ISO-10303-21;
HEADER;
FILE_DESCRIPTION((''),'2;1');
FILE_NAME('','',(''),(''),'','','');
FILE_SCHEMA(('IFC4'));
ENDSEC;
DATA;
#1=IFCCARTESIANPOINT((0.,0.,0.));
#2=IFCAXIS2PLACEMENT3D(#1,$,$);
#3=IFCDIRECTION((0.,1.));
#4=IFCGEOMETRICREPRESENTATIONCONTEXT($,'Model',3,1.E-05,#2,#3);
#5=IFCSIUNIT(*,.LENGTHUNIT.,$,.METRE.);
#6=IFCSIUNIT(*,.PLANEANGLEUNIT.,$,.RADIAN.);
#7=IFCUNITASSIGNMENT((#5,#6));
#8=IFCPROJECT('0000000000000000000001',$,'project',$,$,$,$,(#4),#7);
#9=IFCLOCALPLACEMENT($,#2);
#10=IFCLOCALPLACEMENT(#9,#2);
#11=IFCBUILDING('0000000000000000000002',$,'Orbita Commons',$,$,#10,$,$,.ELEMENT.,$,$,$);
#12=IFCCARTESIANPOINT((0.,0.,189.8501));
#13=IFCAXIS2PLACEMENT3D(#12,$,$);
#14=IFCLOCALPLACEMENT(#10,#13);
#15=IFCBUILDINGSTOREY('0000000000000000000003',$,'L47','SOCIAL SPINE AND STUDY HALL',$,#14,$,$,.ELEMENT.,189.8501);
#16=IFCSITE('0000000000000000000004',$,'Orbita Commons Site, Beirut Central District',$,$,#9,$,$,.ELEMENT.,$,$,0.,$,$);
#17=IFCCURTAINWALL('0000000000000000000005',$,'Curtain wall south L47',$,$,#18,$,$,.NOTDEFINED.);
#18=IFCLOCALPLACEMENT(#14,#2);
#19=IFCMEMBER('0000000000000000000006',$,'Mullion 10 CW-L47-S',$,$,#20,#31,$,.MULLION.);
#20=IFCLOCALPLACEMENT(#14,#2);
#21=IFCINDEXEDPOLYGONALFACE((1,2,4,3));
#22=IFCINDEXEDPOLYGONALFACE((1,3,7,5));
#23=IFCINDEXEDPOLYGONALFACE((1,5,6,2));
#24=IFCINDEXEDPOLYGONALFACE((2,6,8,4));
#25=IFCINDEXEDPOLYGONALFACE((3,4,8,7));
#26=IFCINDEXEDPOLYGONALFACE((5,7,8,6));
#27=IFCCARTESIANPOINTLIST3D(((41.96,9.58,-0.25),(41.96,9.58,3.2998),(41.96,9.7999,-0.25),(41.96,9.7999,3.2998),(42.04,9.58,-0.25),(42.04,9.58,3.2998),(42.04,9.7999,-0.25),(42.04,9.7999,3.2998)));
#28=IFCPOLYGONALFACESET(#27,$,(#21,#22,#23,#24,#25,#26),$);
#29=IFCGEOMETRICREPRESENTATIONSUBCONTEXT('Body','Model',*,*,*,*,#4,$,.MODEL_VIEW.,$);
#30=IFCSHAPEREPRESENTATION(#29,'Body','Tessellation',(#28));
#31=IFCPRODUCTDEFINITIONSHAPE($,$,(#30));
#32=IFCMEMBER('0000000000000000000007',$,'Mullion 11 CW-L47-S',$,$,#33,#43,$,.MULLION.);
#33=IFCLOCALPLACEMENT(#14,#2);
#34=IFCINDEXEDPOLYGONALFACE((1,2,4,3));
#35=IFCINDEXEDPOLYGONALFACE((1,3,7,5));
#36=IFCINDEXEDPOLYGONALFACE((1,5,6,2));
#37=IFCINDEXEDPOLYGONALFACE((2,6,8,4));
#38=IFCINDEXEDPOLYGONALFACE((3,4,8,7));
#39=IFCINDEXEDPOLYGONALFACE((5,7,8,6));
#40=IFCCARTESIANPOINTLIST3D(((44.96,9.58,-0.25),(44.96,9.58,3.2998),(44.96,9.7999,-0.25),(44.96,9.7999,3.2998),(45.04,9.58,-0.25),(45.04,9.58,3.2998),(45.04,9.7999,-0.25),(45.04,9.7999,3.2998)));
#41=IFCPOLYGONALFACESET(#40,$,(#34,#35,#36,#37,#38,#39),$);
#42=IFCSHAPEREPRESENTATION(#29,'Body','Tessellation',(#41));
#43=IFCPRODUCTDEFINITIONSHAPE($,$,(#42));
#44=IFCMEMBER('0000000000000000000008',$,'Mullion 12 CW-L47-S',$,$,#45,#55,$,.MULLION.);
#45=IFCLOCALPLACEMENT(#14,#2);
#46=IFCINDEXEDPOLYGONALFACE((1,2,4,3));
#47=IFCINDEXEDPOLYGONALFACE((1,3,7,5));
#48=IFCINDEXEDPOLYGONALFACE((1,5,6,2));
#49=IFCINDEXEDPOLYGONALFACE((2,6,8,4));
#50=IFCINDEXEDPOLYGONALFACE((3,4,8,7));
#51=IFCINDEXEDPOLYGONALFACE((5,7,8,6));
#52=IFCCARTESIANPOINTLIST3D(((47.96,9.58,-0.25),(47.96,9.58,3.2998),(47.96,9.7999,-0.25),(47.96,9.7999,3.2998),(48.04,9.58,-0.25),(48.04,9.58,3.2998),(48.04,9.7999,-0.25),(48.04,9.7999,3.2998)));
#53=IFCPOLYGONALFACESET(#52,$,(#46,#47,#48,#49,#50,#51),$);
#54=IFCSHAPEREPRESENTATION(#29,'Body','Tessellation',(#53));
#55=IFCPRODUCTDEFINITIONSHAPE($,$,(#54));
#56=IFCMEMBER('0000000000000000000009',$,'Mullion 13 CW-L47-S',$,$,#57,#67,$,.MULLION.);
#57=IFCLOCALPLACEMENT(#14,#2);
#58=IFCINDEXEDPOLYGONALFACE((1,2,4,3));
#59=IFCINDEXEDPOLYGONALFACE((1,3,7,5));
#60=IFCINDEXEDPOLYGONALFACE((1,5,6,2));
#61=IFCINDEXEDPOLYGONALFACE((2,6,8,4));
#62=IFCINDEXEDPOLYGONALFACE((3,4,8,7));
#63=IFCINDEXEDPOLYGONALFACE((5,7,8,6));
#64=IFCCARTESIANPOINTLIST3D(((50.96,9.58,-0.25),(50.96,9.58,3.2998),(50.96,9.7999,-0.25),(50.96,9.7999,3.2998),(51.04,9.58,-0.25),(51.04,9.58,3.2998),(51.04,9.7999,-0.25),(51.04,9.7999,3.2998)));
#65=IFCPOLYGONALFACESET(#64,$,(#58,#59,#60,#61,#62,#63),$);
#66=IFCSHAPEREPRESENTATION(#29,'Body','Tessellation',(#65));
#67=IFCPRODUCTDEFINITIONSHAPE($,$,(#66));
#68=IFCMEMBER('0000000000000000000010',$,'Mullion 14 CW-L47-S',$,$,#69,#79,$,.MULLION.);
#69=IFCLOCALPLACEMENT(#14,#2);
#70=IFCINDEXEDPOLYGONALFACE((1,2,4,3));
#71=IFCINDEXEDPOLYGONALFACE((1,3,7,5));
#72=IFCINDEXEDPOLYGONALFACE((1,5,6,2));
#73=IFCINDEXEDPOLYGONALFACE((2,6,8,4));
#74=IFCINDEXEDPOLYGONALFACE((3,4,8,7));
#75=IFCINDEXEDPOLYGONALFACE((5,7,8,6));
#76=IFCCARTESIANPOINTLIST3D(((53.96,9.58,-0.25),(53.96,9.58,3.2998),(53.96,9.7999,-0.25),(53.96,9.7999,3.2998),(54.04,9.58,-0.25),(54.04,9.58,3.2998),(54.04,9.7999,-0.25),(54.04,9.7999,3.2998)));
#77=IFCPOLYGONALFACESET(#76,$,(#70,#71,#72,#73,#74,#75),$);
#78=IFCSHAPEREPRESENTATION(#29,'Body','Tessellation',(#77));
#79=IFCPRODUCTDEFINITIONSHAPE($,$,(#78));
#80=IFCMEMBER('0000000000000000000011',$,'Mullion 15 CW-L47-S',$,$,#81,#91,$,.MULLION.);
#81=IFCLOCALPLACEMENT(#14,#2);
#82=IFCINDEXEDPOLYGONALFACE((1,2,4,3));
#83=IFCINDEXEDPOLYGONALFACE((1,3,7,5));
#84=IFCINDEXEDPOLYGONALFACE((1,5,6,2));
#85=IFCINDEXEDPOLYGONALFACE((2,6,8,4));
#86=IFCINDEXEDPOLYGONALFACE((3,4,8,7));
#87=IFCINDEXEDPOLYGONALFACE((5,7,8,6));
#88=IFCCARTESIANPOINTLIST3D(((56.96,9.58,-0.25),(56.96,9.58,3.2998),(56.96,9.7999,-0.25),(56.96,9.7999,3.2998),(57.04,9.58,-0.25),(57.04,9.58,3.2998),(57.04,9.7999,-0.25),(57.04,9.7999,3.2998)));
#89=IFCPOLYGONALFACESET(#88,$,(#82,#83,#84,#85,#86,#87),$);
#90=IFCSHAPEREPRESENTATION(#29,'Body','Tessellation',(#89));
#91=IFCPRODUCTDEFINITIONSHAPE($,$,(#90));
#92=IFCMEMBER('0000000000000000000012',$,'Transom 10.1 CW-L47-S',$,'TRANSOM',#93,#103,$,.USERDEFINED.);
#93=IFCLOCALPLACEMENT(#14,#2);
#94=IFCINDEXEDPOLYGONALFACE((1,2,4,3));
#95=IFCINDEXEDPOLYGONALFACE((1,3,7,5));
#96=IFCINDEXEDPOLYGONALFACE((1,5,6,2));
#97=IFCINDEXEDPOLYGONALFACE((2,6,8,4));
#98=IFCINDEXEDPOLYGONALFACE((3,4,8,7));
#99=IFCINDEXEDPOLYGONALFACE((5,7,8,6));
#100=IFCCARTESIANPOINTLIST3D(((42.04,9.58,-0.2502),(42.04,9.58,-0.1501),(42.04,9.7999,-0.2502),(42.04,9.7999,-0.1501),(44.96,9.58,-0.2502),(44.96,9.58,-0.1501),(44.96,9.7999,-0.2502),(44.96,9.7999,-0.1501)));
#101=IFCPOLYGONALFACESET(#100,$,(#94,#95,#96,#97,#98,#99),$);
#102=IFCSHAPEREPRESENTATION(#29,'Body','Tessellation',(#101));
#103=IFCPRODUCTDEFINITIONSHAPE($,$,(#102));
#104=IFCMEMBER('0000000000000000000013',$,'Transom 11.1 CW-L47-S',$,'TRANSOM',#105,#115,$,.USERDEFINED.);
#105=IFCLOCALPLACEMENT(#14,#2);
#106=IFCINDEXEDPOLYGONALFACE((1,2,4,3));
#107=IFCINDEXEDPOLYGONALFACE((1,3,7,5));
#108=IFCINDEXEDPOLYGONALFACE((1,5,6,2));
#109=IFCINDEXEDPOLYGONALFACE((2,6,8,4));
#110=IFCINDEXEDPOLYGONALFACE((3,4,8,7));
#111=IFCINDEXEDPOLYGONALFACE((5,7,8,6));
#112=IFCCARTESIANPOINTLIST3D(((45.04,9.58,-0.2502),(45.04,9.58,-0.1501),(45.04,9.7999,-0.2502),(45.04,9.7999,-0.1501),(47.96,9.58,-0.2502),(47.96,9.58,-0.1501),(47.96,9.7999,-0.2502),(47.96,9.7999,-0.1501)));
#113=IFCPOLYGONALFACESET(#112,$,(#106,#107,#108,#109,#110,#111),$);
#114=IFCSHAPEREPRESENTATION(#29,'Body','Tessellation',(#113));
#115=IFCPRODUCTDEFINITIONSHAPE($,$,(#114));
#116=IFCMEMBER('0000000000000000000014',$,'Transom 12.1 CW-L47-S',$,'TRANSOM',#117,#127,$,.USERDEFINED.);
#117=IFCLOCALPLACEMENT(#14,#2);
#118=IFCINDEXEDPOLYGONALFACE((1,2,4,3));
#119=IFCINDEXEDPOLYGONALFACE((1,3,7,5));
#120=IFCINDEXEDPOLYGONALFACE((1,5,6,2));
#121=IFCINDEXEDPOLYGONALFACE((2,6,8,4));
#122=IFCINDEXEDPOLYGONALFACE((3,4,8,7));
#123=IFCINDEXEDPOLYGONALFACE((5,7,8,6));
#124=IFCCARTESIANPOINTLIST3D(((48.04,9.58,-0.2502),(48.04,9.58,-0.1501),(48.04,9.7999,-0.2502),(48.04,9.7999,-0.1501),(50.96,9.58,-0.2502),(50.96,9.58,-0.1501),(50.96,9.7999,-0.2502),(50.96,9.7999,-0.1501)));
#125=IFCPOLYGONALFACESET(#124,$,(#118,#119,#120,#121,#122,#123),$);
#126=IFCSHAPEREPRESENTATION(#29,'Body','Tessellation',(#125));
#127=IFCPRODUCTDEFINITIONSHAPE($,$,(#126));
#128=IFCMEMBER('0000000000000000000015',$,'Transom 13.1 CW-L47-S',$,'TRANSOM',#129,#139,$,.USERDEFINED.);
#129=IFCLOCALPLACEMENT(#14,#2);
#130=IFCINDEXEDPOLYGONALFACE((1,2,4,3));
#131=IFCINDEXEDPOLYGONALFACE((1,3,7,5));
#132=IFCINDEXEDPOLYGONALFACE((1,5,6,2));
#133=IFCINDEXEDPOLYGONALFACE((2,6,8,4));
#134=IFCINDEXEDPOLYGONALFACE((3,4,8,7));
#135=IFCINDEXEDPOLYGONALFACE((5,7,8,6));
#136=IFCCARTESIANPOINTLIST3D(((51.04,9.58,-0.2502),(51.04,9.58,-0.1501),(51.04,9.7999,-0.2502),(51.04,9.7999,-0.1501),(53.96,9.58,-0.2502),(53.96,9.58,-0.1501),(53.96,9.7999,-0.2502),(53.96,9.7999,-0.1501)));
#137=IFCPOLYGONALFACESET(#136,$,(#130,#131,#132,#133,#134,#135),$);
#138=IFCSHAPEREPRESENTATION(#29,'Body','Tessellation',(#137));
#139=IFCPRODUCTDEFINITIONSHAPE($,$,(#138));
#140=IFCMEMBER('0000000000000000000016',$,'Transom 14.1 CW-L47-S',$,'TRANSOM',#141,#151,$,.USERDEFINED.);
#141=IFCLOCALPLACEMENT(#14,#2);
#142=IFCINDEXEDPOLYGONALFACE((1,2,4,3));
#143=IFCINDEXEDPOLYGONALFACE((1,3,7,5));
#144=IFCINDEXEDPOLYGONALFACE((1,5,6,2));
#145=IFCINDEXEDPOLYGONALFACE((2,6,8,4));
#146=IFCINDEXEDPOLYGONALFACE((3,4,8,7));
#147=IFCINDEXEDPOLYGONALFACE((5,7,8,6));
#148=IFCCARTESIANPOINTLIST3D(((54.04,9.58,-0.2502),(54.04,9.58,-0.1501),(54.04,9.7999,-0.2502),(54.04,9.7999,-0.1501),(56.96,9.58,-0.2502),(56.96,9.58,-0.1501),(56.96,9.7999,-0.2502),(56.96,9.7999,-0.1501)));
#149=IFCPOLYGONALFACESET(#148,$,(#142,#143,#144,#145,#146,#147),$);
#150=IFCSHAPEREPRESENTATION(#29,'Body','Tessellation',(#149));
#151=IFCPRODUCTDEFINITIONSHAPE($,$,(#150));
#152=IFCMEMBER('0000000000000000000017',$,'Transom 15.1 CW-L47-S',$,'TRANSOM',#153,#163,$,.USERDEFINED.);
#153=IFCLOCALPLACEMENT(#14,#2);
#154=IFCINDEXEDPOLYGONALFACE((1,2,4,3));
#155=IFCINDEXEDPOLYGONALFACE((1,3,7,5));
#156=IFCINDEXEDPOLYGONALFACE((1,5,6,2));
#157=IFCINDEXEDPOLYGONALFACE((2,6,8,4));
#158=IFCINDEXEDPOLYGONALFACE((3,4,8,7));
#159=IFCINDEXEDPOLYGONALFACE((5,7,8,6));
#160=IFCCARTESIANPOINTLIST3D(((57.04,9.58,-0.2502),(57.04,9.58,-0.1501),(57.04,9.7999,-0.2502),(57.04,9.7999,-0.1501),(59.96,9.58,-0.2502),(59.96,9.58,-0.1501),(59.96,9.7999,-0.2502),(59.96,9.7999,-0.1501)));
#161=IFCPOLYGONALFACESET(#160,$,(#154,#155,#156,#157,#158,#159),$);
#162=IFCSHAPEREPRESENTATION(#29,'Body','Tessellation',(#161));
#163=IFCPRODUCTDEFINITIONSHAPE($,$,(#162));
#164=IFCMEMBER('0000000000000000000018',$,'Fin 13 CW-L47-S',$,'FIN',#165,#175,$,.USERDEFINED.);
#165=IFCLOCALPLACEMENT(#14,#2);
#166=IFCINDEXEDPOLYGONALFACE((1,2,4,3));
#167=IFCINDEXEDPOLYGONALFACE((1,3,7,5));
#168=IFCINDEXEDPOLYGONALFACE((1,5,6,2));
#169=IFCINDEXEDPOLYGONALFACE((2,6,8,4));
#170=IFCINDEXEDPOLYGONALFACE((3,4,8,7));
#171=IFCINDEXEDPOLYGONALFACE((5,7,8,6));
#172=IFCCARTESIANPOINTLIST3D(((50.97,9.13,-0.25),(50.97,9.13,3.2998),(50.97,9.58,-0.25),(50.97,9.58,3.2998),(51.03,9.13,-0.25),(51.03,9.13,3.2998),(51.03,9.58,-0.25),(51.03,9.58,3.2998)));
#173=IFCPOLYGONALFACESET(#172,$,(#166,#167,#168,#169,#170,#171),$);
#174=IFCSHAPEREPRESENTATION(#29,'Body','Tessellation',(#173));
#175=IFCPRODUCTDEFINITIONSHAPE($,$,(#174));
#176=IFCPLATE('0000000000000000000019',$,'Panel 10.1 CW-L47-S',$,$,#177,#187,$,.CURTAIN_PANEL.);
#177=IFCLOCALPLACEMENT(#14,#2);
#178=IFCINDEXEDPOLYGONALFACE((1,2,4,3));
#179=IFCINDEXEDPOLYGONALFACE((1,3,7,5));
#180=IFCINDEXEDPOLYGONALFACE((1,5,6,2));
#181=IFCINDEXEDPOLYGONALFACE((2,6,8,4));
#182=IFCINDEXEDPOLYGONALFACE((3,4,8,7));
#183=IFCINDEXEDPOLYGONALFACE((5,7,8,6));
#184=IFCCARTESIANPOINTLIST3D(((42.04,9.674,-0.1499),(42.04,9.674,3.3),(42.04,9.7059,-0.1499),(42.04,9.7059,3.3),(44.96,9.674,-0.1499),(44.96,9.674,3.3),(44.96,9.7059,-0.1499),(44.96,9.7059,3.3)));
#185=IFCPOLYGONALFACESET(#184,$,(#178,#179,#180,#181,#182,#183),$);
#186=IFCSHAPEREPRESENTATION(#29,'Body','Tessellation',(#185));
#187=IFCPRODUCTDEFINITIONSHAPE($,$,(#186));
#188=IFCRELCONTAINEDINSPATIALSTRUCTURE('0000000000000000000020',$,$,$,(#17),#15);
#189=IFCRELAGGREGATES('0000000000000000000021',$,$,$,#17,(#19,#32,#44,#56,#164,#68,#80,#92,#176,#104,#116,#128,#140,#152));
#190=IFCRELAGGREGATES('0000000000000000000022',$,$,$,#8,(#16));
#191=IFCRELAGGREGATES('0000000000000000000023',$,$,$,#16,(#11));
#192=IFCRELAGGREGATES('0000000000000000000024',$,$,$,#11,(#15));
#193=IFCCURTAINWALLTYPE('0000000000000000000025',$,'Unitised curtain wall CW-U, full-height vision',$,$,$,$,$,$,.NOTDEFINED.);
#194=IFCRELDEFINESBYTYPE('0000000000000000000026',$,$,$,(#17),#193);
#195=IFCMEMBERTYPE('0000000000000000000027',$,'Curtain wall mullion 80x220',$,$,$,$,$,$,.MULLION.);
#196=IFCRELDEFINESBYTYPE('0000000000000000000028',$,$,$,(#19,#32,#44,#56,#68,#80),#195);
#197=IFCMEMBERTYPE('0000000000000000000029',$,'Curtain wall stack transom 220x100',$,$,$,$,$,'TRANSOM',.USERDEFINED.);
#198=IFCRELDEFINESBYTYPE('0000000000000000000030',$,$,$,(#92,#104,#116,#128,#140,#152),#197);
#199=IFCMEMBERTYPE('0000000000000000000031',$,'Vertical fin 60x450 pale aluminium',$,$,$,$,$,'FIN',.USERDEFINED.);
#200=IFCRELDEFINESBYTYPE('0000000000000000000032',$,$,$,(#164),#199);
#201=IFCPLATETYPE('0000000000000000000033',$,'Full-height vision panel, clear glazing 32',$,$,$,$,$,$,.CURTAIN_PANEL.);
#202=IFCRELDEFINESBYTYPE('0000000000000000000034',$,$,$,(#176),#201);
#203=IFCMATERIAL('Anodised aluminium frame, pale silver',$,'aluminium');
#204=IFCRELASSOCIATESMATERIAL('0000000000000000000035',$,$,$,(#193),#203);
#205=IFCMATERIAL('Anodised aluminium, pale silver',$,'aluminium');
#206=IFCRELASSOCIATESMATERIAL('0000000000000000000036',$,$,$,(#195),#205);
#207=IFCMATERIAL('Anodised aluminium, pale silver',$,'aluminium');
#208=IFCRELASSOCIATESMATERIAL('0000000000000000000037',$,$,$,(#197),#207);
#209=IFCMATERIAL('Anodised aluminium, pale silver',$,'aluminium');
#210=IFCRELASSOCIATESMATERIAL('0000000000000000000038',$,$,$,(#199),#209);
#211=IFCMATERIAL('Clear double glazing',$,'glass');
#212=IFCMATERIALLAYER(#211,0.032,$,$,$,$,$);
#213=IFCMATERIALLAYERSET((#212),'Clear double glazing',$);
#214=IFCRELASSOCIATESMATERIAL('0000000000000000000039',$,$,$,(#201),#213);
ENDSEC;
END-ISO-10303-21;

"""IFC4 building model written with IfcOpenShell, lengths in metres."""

from ifc_helpers import new_model, si_unit, direction, frame, origin, origin_2d, place, context, subcontext, project, spatial, rectangle, extrude, material, layer, layer_set, material_profile, profile_set, type_object, element, aggregate, save


model = new_model("IFC4")

# Units and contexts
model_context = context("Model", 3, precision=1e-05, world=origin(), true_north=direction((0.0, 1.0)))
body_context = subcontext(model_context, "Body", "Model", "MODEL_VIEW")
ifc_project = project(units=[si_unit("LENGTHUNIT", "METRE"), si_unit("PLANEANGLEUNIT", "RADIAN")], contexts=[model_context])

# Site, building, storey
site_placement = place(None, origin())
site = spatial("IfcSite", under=ifc_project, at=site_placement, Name="Orbita Commons Site, Beirut Central District", CompositionType="ELEMENT", RefElevation=0.0)
building_placement = place(site_placement, origin())
building = spatial("IfcBuilding", under=site, at=building_placement, Name="Orbita Commons", CompositionType="ELEMENT")
storey_placement = place(building_placement, frame((0.0, 0.0, 189.8501)))
storey = spatial("IfcBuildingStorey", under=building, at=storey_placement, Name="L47", Description="SOCIAL SPINE AND STUDY HALL", CompositionType="ELEMENT", Elevation=189.8501)

# Curtain wall, members, plate
ifc_material_1 = material(Name="Anodised aluminium frame, pale silver", Category="aluminium")
curtain_wall_type = type_object("IfcCurtainWallType", Name="Unitised curtain wall CW-U, full-height vision", PredefinedType="NOTDEFINED", material=ifc_material_1)
curtain_wall_placement = place(storey_placement, origin())
curtain_wall = element("IfcCurtainWall", 1, at=curtain_wall_placement, inside=storey, type_object=curtain_wall_type, Name="Curtain wall south L47", PredefinedType="NOTDEFINED")
ifc_material_2 = material(Name="Anodised aluminium, pale silver", Category="aluminium")
ifc_material_profile_1 = material_profile(ifc_material_2, rectangle(XDim=0.0801, YDim=0.22, at=origin_2d()), Name="AL 80x220")
ifc_profile_set_1 = profile_set([ifc_material_profile_1], Name="Anodised aluminium, pale silver")
member_type_1 = type_object("IfcMemberType", Name="Curtain wall mullion 80x220", PredefinedType="MULLION", material=ifc_profile_set_1)
member_1_placement = place(storey_placement, frame((42.0, 9.6899, -0.25), z_axis=(0.0, 0.0, 1.0), x_axis=(1.0, 0.0, 0.0)))
member_1 = element("IfcMember", 2, at=member_1_placement, type_object=member_type_1, Name="Mullion 10 CW-L47-S", PredefinedType="MULLION", context=body_context, shape_type="SweptSolid", body=[
    extrude(rectangle(XDim=0.0801, YDim=0.22, at=origin_2d()), origin(), (0.0, 0.0, 1.0), 3.5498),
])
member_2_placement = place(storey_placement, frame((45.0, 9.6899, -0.25), z_axis=(0.0, 0.0, 1.0), x_axis=(1.0, 0.0, 0.0)))
member_2 = element("IfcMember", 3, at=member_2_placement, type_object=member_type_1, Name="Mullion 11 CW-L47-S", PredefinedType="MULLION", context=body_context, shape_type="SweptSolid", body=[
    extrude(rectangle(XDim=0.0801, YDim=0.22, at=origin_2d()), origin(), (0.0, 0.0, 1.0), 3.5498),
])
member_3_placement = place(storey_placement, frame((48.0, 9.6899, -0.25), z_axis=(0.0, 0.0, 1.0), x_axis=(1.0, 0.0, 0.0)))
member_3 = element("IfcMember", 4, at=member_3_placement, type_object=member_type_1, Name="Mullion 12 CW-L47-S", PredefinedType="MULLION", context=body_context, shape_type="SweptSolid", body=[
    extrude(rectangle(XDim=0.0801, YDim=0.22, at=origin_2d()), origin(), (0.0, 0.0, 1.0), 3.5498),
])
member_4_placement = place(storey_placement, frame((51.0, 9.6899, -0.25), z_axis=(0.0, 0.0, 1.0), x_axis=(1.0, 0.0, 0.0)))
member_4 = element("IfcMember", 5, at=member_4_placement, type_object=member_type_1, Name="Mullion 13 CW-L47-S", PredefinedType="MULLION", context=body_context, shape_type="SweptSolid", body=[
    extrude(rectangle(XDim=0.0801, YDim=0.22, at=origin_2d()), origin(), (0.0, 0.0, 1.0), 3.5498),
])
member_5_placement = place(storey_placement, frame((54.0, 9.6899, -0.25), z_axis=(0.0, 0.0, 1.0), x_axis=(1.0, 0.0, 0.0)))
member_5 = element("IfcMember", 6, at=member_5_placement, type_object=member_type_1, Name="Mullion 14 CW-L47-S", PredefinedType="MULLION", context=body_context, shape_type="SweptSolid", body=[
    extrude(rectangle(XDim=0.0801, YDim=0.22, at=origin_2d()), origin(), (0.0, 0.0, 1.0), 3.5498),
])
member_6_placement = place(storey_placement, frame((57.0, 9.6899, -0.25), z_axis=(0.0, 0.0, 1.0), x_axis=(1.0, 0.0, 0.0)))
member_6 = element("IfcMember", 7, at=member_6_placement, type_object=member_type_1, Name="Mullion 15 CW-L47-S", PredefinedType="MULLION", context=body_context, shape_type="SweptSolid", body=[
    extrude(rectangle(XDim=0.0801, YDim=0.22, at=origin_2d()), origin(), (0.0, 0.0, 1.0), 3.5498),
])
ifc_material_3 = material(Name="Anodised aluminium, pale silver", Category="aluminium")
ifc_material_profile_2 = material_profile(ifc_material_3, rectangle(XDim=0.22, YDim=0.1001, at=origin_2d()), Name="AL 220x100")
ifc_profile_set_2 = profile_set([ifc_material_profile_2], Name="Anodised aluminium, pale silver")
member_type_2 = type_object("IfcMemberType", Name="Curtain wall stack transom 220x100", ElementType="TRANSOM", PredefinedType="USERDEFINED", material=ifc_profile_set_2)
member_7_placement = place(storey_placement, frame((42.04, 9.6899, -0.2002), z_axis=(1.0, 0.0, 0.0), x_axis=(0.0, 1.0, 0.0)))
member_7 = element("IfcMember", 8, at=member_7_placement, type_object=member_type_2, Name="Transom 10.1 CW-L47-S", ObjectType="TRANSOM", PredefinedType="USERDEFINED", context=body_context, shape_type="SweptSolid", body=[
    extrude(rectangle(XDim=0.22, YDim=0.1001, at=origin_2d()), origin(), (0.0, 0.0, 1.0), 2.9199),
])
member_8_placement = place(storey_placement, frame((45.04, 9.6899, -0.2002), z_axis=(1.0, 0.0, 0.0), x_axis=(0.0, 1.0, 0.0)))
member_8 = element("IfcMember", 9, at=member_8_placement, type_object=member_type_2, Name="Transom 11.1 CW-L47-S", ObjectType="TRANSOM", PredefinedType="USERDEFINED", context=body_context, shape_type="SweptSolid", body=[
    extrude(rectangle(XDim=0.22, YDim=0.1001, at=origin_2d()), origin(), (0.0, 0.0, 1.0), 2.9199),
])
member_9_placement = place(storey_placement, frame((48.04, 9.6899, -0.2002), z_axis=(1.0, 0.0, 0.0), x_axis=(0.0, 1.0, 0.0)))
member_9 = element("IfcMember", 10, at=member_9_placement, type_object=member_type_2, Name="Transom 12.1 CW-L47-S", ObjectType="TRANSOM", PredefinedType="USERDEFINED", context=body_context, shape_type="SweptSolid", body=[
    extrude(rectangle(XDim=0.22, YDim=0.1001, at=origin_2d()), origin(), (0.0, 0.0, 1.0), 2.9199),
])
member_10_placement = place(storey_placement, frame((51.04, 9.6899, -0.2002), z_axis=(1.0, 0.0, 0.0), x_axis=(0.0, 1.0, 0.0)))
member_10 = element("IfcMember", 11, at=member_10_placement, type_object=member_type_2, Name="Transom 13.1 CW-L47-S", ObjectType="TRANSOM", PredefinedType="USERDEFINED", context=body_context, shape_type="SweptSolid", body=[
    extrude(rectangle(XDim=0.22, YDim=0.1001, at=origin_2d()), origin(), (0.0, 0.0, 1.0), 2.9199),
])
member_11_placement = place(storey_placement, frame((54.04, 9.6899, -0.2002), z_axis=(1.0, 0.0, 0.0), x_axis=(0.0, 1.0, 0.0)))
member_11 = element("IfcMember", 12, at=member_11_placement, type_object=member_type_2, Name="Transom 14.1 CW-L47-S", ObjectType="TRANSOM", PredefinedType="USERDEFINED", context=body_context, shape_type="SweptSolid", body=[
    extrude(rectangle(XDim=0.22, YDim=0.1001, at=origin_2d()), origin(), (0.0, 0.0, 1.0), 2.9199),
])
member_12_placement = place(storey_placement, frame((57.04, 9.6899, -0.2002), z_axis=(1.0, 0.0, 0.0), x_axis=(0.0, 1.0, 0.0)))
member_12 = element("IfcMember", 13, at=member_12_placement, type_object=member_type_2, Name="Transom 15.1 CW-L47-S", ObjectType="TRANSOM", PredefinedType="USERDEFINED", context=body_context, shape_type="SweptSolid", body=[
    extrude(rectangle(XDim=0.22, YDim=0.1001, at=origin_2d()), origin(), (0.0, 0.0, 1.0), 2.9199),
])
ifc_material_4 = material(Name="Anodised aluminium, pale silver", Category="aluminium")
ifc_material_profile_3 = material_profile(ifc_material_4, rectangle(XDim=0.0601, YDim=0.45, at=origin_2d()), Name="FIN 60x450")
ifc_profile_set_3 = profile_set([ifc_material_profile_3], Name="Anodised aluminium, pale silver")
member_type_3 = type_object("IfcMemberType", Name="Vertical fin 60x450 pale aluminium", ElementType="FIN", PredefinedType="USERDEFINED", material=ifc_profile_set_3)
member_13_placement = place(storey_placement, frame((51.0, 9.355, -0.25), z_axis=(0.0, 0.0, 1.0), x_axis=(1.0, 0.0, 0.0)))
member_13 = element("IfcMember", 14, at=member_13_placement, type_object=member_type_3, Name="Fin 13 CW-L47-S", ObjectType="FIN", PredefinedType="USERDEFINED", context=body_context, shape_type="SweptSolid", body=[
    extrude(rectangle(XDim=0.0601, YDim=0.45, at=origin_2d()), origin(), (0.0, 0.0, 1.0), 3.5498),
])
ifc_material_5 = material(Name="Clear double glazing", Category="glass")
ifc_layer_1 = layer(ifc_material_5, 0.032)
ifc_layer_set_1 = layer_set([ifc_layer_1], Name="Clear double glazing")
plate_type = type_object("IfcPlateType", Name="Full-height vision panel, clear glazing 32", PredefinedType="CURTAIN_PANEL", material=ifc_layer_set_1)
plate_1_placement = place(storey_placement, frame((43.5, 9.6899, -0.1499), z_axis=(0.0, 0.0, 1.0), x_axis=(1.0, 0.0, 0.0)))
plate_1 = element("IfcPlate", 15, at=plate_1_placement, type_object=plate_type, Name="Panel 10.1 CW-L47-S", PredefinedType="CURTAIN_PANEL", context=body_context, shape_type="SweptSolid", body=[
    extrude(rectangle(XDim=2.9199, YDim=0.032, at=origin_2d()), origin(), (0.0, 0.0, 1.0), 3.45),
])
aggregate(curtain_wall, [member_1, member_2, member_3, member_4, member_13, member_5, member_6, member_7, plate_1, member_8, member_9, member_10, member_11, member_12])

save(model, "model.ifc")
